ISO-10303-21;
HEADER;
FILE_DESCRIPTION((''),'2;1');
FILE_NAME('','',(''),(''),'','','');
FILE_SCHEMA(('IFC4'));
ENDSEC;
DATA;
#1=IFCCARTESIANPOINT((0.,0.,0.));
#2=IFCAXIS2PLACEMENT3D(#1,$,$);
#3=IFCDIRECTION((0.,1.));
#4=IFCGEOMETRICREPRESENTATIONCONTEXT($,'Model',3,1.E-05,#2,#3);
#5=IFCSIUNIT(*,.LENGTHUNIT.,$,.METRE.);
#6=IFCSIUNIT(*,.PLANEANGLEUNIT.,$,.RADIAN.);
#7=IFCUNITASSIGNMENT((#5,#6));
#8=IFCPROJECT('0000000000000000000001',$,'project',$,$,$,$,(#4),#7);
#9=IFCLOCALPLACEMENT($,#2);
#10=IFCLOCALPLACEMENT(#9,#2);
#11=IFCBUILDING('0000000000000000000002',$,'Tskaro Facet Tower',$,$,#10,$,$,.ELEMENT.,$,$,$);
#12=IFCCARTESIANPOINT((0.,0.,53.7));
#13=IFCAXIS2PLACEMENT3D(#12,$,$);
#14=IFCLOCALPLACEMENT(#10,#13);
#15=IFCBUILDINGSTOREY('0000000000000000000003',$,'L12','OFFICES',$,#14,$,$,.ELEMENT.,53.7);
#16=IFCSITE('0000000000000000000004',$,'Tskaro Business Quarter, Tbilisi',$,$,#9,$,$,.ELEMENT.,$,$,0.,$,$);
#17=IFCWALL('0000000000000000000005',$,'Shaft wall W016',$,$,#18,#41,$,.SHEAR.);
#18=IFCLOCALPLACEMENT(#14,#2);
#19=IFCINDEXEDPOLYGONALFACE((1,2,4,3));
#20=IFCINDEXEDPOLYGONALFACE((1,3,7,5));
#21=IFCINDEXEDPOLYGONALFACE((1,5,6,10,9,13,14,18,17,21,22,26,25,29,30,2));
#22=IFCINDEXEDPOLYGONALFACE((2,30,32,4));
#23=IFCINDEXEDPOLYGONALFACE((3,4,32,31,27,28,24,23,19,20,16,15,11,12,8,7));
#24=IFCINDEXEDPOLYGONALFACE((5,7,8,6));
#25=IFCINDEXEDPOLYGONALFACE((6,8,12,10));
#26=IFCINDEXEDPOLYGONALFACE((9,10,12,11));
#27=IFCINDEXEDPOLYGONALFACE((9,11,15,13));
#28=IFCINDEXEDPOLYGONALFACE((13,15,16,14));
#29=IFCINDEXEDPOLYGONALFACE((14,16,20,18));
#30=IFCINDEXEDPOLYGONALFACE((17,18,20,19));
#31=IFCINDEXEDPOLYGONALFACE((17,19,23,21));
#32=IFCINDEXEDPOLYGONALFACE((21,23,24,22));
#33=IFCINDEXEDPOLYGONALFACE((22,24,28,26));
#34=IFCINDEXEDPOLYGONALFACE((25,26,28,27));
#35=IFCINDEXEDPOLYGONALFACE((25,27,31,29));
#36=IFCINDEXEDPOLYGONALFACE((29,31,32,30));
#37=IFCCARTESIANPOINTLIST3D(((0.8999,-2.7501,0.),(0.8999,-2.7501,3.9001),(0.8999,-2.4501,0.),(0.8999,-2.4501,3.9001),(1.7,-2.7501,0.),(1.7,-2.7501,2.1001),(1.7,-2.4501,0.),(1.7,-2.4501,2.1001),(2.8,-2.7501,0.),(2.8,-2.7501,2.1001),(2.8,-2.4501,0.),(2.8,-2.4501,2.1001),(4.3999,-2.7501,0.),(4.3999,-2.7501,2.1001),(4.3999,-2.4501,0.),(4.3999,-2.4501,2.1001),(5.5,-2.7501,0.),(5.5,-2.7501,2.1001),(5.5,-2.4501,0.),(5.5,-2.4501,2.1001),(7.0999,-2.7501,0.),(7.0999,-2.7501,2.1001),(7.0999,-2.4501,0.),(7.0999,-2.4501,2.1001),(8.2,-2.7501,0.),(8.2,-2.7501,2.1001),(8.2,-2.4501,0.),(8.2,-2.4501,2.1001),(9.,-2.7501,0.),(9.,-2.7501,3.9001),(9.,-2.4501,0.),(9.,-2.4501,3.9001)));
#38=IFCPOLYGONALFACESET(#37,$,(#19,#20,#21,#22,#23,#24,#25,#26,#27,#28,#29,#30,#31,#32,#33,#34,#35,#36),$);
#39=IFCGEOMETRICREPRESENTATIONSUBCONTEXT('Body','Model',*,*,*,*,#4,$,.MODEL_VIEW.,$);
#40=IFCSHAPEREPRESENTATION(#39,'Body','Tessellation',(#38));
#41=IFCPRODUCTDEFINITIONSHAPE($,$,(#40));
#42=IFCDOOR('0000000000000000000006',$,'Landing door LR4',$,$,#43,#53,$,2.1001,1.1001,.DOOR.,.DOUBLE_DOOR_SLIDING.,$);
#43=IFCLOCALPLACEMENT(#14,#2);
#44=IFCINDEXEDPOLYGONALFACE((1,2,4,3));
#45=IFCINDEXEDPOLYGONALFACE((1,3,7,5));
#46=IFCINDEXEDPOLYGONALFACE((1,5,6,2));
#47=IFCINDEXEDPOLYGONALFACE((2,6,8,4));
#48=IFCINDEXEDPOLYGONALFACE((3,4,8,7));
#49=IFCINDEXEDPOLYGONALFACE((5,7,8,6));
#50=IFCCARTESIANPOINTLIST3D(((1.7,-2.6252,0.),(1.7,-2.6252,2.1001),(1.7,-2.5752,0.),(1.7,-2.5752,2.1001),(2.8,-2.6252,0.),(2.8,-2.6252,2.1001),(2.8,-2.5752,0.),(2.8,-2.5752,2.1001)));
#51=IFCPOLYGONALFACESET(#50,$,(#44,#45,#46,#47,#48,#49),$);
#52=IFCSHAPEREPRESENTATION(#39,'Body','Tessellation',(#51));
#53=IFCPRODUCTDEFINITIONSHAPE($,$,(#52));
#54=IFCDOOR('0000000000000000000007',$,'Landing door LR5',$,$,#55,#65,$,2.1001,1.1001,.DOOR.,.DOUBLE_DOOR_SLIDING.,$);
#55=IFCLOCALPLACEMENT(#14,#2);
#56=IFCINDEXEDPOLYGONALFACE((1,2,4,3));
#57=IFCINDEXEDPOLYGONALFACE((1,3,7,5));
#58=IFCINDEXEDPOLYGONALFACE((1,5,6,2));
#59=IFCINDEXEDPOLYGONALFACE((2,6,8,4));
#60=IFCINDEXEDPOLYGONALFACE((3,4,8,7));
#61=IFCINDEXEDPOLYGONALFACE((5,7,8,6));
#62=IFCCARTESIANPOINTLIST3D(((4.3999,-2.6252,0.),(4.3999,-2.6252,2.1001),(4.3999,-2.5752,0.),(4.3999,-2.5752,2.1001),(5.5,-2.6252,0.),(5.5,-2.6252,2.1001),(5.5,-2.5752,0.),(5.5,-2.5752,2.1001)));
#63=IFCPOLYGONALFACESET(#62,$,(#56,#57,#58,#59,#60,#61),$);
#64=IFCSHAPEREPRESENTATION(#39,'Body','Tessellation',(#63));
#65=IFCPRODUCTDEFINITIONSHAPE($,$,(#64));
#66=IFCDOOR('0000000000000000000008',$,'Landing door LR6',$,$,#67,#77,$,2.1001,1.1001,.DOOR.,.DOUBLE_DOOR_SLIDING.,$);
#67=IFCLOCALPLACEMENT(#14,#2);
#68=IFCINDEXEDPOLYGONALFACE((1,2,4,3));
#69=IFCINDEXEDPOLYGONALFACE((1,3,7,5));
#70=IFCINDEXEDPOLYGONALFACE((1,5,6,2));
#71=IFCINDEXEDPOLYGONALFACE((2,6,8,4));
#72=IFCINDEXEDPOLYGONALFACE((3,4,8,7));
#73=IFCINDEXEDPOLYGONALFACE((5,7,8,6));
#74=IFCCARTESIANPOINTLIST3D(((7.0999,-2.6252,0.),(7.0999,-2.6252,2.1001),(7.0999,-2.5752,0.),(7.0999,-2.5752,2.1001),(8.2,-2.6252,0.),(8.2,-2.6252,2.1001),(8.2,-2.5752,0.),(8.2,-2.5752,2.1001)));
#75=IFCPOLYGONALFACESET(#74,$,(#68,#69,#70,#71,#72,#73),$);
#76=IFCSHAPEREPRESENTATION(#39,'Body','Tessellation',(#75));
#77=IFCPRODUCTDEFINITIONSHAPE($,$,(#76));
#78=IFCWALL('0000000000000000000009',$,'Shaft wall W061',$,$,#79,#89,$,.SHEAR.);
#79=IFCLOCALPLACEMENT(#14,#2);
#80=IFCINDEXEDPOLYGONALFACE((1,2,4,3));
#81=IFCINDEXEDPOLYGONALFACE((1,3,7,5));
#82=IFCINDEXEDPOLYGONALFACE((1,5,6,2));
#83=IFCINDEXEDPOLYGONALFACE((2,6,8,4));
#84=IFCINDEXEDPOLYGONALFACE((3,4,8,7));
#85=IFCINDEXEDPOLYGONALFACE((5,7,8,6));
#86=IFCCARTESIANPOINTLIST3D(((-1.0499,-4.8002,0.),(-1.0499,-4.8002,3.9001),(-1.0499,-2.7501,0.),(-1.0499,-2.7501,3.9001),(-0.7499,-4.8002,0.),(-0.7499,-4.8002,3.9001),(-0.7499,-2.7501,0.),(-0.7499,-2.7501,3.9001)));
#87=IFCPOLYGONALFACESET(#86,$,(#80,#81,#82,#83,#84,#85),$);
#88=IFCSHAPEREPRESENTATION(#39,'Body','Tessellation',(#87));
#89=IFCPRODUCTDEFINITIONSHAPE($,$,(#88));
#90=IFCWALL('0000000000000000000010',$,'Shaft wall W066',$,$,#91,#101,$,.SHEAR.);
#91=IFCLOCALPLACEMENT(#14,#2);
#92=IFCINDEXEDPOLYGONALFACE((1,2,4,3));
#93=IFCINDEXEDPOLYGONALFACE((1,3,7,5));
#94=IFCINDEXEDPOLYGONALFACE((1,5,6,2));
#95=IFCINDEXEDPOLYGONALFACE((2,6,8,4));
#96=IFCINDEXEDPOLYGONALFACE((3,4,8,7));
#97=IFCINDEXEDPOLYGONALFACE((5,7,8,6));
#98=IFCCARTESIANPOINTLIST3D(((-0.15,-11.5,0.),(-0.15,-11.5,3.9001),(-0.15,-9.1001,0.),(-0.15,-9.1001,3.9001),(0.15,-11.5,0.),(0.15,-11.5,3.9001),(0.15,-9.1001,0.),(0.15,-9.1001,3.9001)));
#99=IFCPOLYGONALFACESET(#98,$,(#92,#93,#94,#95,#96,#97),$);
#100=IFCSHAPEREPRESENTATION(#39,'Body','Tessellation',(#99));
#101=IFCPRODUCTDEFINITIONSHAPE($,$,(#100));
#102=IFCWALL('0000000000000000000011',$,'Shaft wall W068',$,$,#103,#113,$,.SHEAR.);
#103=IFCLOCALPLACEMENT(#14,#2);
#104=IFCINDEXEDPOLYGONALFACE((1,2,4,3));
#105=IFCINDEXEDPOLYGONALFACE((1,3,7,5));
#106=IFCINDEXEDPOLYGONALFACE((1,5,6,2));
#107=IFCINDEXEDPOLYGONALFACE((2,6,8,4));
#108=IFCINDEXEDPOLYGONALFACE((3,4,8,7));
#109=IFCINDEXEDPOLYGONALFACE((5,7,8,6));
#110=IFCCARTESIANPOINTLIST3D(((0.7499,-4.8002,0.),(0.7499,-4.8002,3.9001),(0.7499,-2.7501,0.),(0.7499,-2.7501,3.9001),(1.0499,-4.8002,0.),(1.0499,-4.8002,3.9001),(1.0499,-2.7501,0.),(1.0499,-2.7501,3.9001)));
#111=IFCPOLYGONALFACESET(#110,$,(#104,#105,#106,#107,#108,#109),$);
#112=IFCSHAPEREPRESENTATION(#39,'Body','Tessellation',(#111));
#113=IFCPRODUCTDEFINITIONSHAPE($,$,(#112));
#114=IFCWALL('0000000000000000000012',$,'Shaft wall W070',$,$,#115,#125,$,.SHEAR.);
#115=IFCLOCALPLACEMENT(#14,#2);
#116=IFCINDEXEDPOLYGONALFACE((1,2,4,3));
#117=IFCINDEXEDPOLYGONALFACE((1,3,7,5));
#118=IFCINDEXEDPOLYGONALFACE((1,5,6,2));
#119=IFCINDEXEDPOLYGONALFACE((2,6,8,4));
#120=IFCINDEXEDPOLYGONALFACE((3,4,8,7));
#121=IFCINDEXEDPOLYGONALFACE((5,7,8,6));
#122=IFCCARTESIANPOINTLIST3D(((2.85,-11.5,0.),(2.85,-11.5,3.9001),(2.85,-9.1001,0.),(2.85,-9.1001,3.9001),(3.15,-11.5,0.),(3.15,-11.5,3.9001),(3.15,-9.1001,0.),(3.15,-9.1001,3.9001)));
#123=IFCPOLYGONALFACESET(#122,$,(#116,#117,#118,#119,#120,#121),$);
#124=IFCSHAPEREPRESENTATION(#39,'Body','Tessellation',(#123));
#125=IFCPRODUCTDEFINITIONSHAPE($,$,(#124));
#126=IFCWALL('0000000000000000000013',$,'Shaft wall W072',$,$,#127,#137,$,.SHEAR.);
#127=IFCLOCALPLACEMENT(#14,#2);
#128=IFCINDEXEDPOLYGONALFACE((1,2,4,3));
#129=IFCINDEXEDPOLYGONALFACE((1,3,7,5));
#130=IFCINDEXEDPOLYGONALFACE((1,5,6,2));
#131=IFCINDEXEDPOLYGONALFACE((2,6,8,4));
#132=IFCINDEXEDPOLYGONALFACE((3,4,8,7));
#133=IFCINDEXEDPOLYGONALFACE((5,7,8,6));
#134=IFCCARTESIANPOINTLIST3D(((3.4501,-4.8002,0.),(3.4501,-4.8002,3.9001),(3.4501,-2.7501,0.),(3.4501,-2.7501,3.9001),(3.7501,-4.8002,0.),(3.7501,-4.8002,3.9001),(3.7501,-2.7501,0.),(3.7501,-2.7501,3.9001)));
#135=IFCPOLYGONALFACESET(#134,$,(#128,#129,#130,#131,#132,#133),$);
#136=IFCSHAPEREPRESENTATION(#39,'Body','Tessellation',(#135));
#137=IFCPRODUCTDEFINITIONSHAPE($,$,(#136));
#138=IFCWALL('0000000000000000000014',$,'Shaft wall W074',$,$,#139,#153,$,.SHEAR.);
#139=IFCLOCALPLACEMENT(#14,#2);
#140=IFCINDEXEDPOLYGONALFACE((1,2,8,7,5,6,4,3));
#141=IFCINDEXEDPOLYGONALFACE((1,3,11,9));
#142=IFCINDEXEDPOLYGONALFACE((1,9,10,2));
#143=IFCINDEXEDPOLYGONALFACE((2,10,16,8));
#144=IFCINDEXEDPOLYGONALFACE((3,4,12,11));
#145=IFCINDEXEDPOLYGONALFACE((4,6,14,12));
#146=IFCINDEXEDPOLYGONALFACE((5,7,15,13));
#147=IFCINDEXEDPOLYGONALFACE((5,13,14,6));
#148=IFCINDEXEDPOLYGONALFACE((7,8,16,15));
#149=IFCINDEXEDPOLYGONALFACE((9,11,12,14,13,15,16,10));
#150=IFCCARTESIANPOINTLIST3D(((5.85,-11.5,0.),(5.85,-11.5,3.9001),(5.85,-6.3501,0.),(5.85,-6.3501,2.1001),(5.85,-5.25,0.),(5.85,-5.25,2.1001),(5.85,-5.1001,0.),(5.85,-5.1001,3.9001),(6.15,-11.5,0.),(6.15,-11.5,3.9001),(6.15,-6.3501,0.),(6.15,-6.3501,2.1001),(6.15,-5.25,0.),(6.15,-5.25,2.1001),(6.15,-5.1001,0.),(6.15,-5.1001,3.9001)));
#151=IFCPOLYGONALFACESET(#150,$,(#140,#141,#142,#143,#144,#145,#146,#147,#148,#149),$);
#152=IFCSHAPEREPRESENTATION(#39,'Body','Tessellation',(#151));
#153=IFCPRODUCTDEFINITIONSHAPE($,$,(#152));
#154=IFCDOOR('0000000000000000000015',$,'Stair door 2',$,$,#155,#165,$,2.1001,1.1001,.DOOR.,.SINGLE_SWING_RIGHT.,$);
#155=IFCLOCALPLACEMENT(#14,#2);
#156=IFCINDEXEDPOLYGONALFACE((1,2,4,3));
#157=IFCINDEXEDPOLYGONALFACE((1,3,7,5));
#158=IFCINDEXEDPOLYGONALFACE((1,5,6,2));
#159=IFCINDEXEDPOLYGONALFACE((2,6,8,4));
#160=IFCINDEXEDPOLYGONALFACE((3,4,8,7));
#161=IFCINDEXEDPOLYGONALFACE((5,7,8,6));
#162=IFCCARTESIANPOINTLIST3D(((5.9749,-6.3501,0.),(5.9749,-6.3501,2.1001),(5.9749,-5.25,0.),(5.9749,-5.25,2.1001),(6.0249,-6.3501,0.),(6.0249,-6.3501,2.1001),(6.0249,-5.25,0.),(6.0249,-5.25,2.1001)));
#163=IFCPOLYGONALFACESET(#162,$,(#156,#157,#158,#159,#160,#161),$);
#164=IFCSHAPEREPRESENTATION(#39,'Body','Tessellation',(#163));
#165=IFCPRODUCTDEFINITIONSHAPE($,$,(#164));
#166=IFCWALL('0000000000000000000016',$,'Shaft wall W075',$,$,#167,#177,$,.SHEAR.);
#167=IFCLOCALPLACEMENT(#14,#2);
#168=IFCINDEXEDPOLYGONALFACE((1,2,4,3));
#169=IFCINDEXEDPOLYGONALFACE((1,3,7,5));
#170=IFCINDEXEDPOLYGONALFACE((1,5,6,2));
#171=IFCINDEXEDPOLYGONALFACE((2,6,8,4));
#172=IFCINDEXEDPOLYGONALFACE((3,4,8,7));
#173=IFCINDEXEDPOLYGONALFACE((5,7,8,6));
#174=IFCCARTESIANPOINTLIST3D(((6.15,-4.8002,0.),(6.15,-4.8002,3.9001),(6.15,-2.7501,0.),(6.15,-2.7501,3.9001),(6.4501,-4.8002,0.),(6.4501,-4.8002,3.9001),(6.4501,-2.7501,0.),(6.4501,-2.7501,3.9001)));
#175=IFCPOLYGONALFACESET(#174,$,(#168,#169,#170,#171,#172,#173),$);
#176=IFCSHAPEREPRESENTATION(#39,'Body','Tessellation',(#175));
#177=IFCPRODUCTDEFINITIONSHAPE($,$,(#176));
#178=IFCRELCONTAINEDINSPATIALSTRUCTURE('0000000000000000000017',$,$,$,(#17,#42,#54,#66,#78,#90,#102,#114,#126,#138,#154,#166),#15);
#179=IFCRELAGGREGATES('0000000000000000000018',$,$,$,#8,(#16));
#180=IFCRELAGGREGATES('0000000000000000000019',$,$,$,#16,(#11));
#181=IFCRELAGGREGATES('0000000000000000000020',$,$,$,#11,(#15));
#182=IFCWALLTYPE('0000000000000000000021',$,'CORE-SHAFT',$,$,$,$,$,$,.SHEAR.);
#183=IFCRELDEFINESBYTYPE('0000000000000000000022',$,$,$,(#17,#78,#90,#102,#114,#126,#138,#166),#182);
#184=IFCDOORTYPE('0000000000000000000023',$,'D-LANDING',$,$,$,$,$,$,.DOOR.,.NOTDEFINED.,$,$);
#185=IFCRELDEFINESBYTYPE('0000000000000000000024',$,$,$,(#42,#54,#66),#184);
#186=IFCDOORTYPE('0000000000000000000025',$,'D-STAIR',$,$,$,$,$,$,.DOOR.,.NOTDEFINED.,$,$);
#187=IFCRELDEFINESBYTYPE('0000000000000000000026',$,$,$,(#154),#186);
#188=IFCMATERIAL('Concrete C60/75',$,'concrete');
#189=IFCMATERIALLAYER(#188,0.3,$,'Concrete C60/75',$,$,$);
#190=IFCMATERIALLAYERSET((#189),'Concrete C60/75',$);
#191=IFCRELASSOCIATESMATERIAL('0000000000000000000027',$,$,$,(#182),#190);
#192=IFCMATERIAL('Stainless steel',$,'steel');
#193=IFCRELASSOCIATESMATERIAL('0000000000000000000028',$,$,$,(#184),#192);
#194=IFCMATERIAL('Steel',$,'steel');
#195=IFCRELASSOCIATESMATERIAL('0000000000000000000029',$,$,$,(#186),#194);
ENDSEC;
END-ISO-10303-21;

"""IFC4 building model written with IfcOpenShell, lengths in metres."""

from ifc_helpers import new_model, si_unit, direction, frame, frame_2d, origin, place, context, subcontext, project, spatial, rectangle, extrude, material, layer, layer_set, type_object, element, fill, save


model = new_model("IFC4")

# Units and contexts
model_context = context("Model", 3, precision=1e-05, world=origin(), true_north=direction((0.0, 1.0)))
body_context = subcontext(model_context, "Body", "Model", "MODEL_VIEW")
ifc_project = project(units=[si_unit("LENGTHUNIT", "METRE"), si_unit("PLANEANGLEUNIT", "RADIAN")], contexts=[model_context])

# Site, building, storey
site_placement = place(None, origin())
site = spatial("IfcSite", under=ifc_project, at=site_placement, Name="Tskaro Business Quarter, Tbilisi", CompositionType="ELEMENT", RefElevation=0.0)
building_placement = place(site_placement, origin())
building = spatial("IfcBuilding", under=site, at=building_placement, Name="Tskaro Facet Tower", CompositionType="ELEMENT")
storey_placement = place(building_placement, frame((0.0, 0.0, 53.7)))
storey = spatial("IfcBuildingStorey", under=building, at=storey_placement, Name="L12", Description="OFFICES", CompositionType="ELEMENT", Elevation=53.7)

# Shared definitions
ifc_material_1 = material(Name="Concrete C60/75", Category="concrete")

# Shared definitions
ifc_layer_1 = layer(ifc_material_1, 0.3, Name="Concrete C60/75")
ifc_layer_set_1 = layer_set([ifc_layer_1], Name="Concrete C60/75")
wall_type_1 = type_object("IfcWallType", Name="CORE-SHAFT", PredefinedType="SHEAR", material=ifc_layer_set_1)

# Wall, openings, doors
wall_1_placement = place(storey_placement, frame((0.8999, -2.6001, 0.0), z_axis=(0.0, 0.0, 1.0), x_axis=(1.0, 0.0, 0.0)))
wall_1 = element("IfcWall", 1, at=wall_1_placement, inside=storey, type_object=wall_type_1, Name="Shaft wall W016", PredefinedType="SHEAR", context=body_context, shape_type="SweptSolid", body=[
    extrude(rectangle(XDim=8.1001, YDim=0.3, at=frame_2d((4.05, 0.0))), origin(), (0.0, 0.0, 1.0), 3.9001),
])
opening_1_placement = place(wall_1_placement, frame((0.8, 0.0, 0.0)))
opening_1 = element("IfcOpeningElement", 2, at=opening_1_placement, cuts=wall_1, PredefinedType="OPENING", context=body_context, shape_type="SweptSolid", body=[
    extrude(rectangle(XDim=1.1001, YDim=2.1001, at=frame_2d((0.55, 1.05))), frame((0.0, 0.1599, 0.0), z_axis=(0.0, -1.0, 0.0), x_axis=(1.0, 0.0, 0.0)), (0.0, 0.0, 1.0), 0.3201),
])
opening_2_placement = place(wall_1_placement, frame((3.5, 0.0, 0.0)))
opening_2 = element("IfcOpeningElement", 3, at=opening_2_placement, cuts=wall_1, PredefinedType="OPENING", context=body_context, shape_type="SweptSolid", body=[
    extrude(rectangle(XDim=1.1001, YDim=2.1001, at=frame_2d((0.55, 1.05))), frame((0.0, 0.1599, 0.0), z_axis=(0.0, -1.0, 0.0), x_axis=(1.0, 0.0, 0.0)), (0.0, 0.0, 1.0), 0.3201),
])
opening_3_placement = place(wall_1_placement, frame((6.2, 0.0, 0.0)))
opening_3 = element("IfcOpeningElement", 4, at=opening_3_placement, cuts=wall_1, PredefinedType="OPENING", context=body_context, shape_type="SweptSolid", body=[
    extrude(rectangle(XDim=1.1001, YDim=2.1001, at=frame_2d((0.55, 1.05))), frame((0.0, 0.1599, 0.0), z_axis=(0.0, -1.0, 0.0), x_axis=(1.0, 0.0, 0.0)), (0.0, 0.0, 1.0), 0.3201),
])
ifc_material_2 = material(Name="Stainless steel", Category="steel")
door_type_1 = type_object("IfcDoorType", Name="D-LANDING", OperationType="NOTDEFINED", PredefinedType="DOOR", material=ifc_material_2)
door_1_placement = place(opening_1_placement, origin())
door_1 = element("IfcDoor", 5, at=door_1_placement, inside=storey, type_object=door_type_1, Name="Landing door LR4", OperationType="DOUBLE_DOOR_SLIDING", OverallHeight=2.1001, OverallWidth=1.1001, PredefinedType="DOOR", context=body_context, shape_type="SweptSolid", body=[
    extrude(rectangle(XDim=1.1001, YDim=2.1001, at=frame_2d((0.55, 1.05))), frame((0.0, 0.0249, 0.0), z_axis=(0.0, -1.0, 0.0), x_axis=(1.0, 0.0, 0.0)), (0.0, 0.0, 1.0), 0.05),
])
fill(opening_1, door_1)
door_2_placement = place(opening_2_placement, origin())
door_2 = element("IfcDoor", 6, at=door_2_placement, inside=storey, type_object=door_type_1, Name="Landing door LR5", OperationType="DOUBLE_DOOR_SLIDING", OverallHeight=2.1001, OverallWidth=1.1001, PredefinedType="DOOR", context=body_context, shape_type="SweptSolid", body=[
    extrude(rectangle(XDim=1.1001, YDim=2.1001, at=frame_2d((0.55, 1.05))), frame((0.0, 0.0249, 0.0), z_axis=(0.0, -1.0, 0.0), x_axis=(1.0, 0.0, 0.0)), (0.0, 0.0, 1.0), 0.05),
])
fill(opening_2, door_2)
door_3_placement = place(opening_3_placement, origin())
door_3 = element("IfcDoor", 7, at=door_3_placement, inside=storey, type_object=door_type_1, Name="Landing door LR6", OperationType="DOUBLE_DOOR_SLIDING", OverallHeight=2.1001, OverallWidth=1.1001, PredefinedType="DOOR", context=body_context, shape_type="SweptSolid", body=[
    extrude(rectangle(XDim=1.1001, YDim=2.1001, at=frame_2d((0.55, 1.05))), frame((0.0, 0.0249, 0.0), z_axis=(0.0, -1.0, 0.0), x_axis=(1.0, 0.0, 0.0)), (0.0, 0.0, 1.0), 0.05),
])
fill(opening_3, door_3)

# Walls
wall_2_placement = place(storey_placement, frame((-0.8999, -4.8, 0.0), z_axis=(0.0, 0.0, 1.0), x_axis=(0.0, 1.0, 0.0)))
element("IfcWall", 8, at=wall_2_placement, inside=storey, type_object=wall_type_1, Name="Shaft wall W061", PredefinedType="SHEAR", context=body_context, shape_type="SweptSolid", body=[
    extrude(rectangle(XDim=2.05, YDim=0.3, at=frame_2d((1.0249, 0.0))), origin(), (0.0, 0.0, 1.0), 3.9001),
])
wall_3_placement = place(storey_placement, frame((0.0, -11.5, 0.0), z_axis=(0.0, 0.0, 1.0), x_axis=(0.0, 1.0, 0.0)))
element("IfcWall", 9, at=wall_3_placement, inside=storey, type_object=wall_type_1, Name="Shaft wall W066", PredefinedType="SHEAR", context=body_context, shape_type="SweptSolid", body=[
    extrude(rectangle(XDim=2.3999, YDim=0.3, at=frame_2d((1.2, 0.0))), origin(), (0.0, 0.0, 1.0), 3.9001),
])
wall_4_placement = place(storey_placement, frame((0.8999, -4.8, 0.0), z_axis=(0.0, 0.0, 1.0), x_axis=(0.0, 1.0, 0.0)))
element("IfcWall", 10, at=wall_4_placement, inside=storey, type_object=wall_type_1, Name="Shaft wall W068", PredefinedType="SHEAR", context=body_context, shape_type="SweptSolid", body=[
    extrude(rectangle(XDim=2.05, YDim=0.3, at=frame_2d((1.0249, 0.0))), origin(), (0.0, 0.0, 1.0), 3.9001),
])
wall_5_placement = place(storey_placement, frame((3.0, -11.5, 0.0), z_axis=(0.0, 0.0, 1.0), x_axis=(0.0, 1.0, 0.0)))
element("IfcWall", 11, at=wall_5_placement, inside=storey, type_object=wall_type_1, Name="Shaft wall W070", PredefinedType="SHEAR", context=body_context, shape_type="SweptSolid", body=[
    extrude(rectangle(XDim=2.3999, YDim=0.3, at=frame_2d((1.2, 0.0))), origin(), (0.0, 0.0, 1.0), 3.9001),
])
wall_6_placement = place(storey_placement, frame((3.6001, -4.8, 0.0), z_axis=(0.0, 0.0, 1.0), x_axis=(0.0, 1.0, 0.0)))
element("IfcWall", 12, at=wall_6_placement, inside=storey, type_object=wall_type_1, Name="Shaft wall W072", PredefinedType="SHEAR", context=body_context, shape_type="SweptSolid", body=[
    extrude(rectangle(XDim=2.05, YDim=0.3, at=frame_2d((1.0249, 0.0))), origin(), (0.0, 0.0, 1.0), 3.9001),
])

# Wall, opening, door
wall_7_placement = place(storey_placement, frame((6.0, -5.1001, 0.0), z_axis=(0.0, 0.0, 1.0), x_axis=(0.0, -1.0, 0.0)))
wall_7 = element("IfcWall", 13, at=wall_7_placement, inside=storey, type_object=wall_type_1, Name="Shaft wall W074", PredefinedType="SHEAR", context=body_context, shape_type="SweptSolid", body=[
    extrude(rectangle(XDim=6.3999, YDim=0.3, at=frame_2d((3.2, 0.0))), origin(), (0.0, 0.0, 1.0), 3.9001),
])
opening_4_placement = place(wall_7_placement, frame((0.1499, 0.0, 0.0)))
opening_4 = element("IfcOpeningElement", 14, at=opening_4_placement, cuts=wall_7, PredefinedType="OPENING", context=body_context, shape_type="SweptSolid", body=[
    extrude(rectangle(XDim=1.1001, YDim=2.1001, at=frame_2d((0.55, 1.05))), frame((0.0, 0.1599, 0.0), z_axis=(0.0, -1.0, 0.0), x_axis=(1.0, 0.0, 0.0)), (0.0, 0.0, 1.0), 0.3201),
])
ifc_material_3 = material(Name="Steel", Category="steel")
door_type_2 = type_object("IfcDoorType", Name="D-STAIR", OperationType="NOTDEFINED", PredefinedType="DOOR", material=ifc_material_3)
door_4_placement = place(opening_4_placement, origin())
door_4 = element("IfcDoor", 15, at=door_4_placement, inside=storey, type_object=door_type_2, Name="Stair door 2", OperationType="SINGLE_SWING_RIGHT", OverallHeight=2.1001, OverallWidth=1.1001, PredefinedType="DOOR", context=body_context, shape_type="SweptSolid", body=[
    extrude(rectangle(XDim=1.1001, YDim=2.1001, at=frame_2d((0.55, 1.05))), frame((0.0, 0.0249, 0.0), z_axis=(0.0, -1.0, 0.0), x_axis=(1.0, 0.0, 0.0)), (0.0, 0.0, 1.0), 0.05),
])
fill(opening_4, door_4)

# Wall
wall_8_placement = place(storey_placement, frame((6.3, -4.8, 0.0), z_axis=(0.0, 0.0, 1.0), x_axis=(0.0, 1.0, 0.0)))
element("IfcWall", 16, at=wall_8_placement, inside=storey, type_object=wall_type_1, Name="Shaft wall W075", PredefinedType="SHEAR", context=body_context, shape_type="SweptSolid", body=[
    extrude(rectangle(XDim=2.05, YDim=0.3, at=frame_2d((1.0249, 0.0))), origin(), (0.0, 0.0, 1.0), 3.9001),
])

save(model, "model.ifc")
